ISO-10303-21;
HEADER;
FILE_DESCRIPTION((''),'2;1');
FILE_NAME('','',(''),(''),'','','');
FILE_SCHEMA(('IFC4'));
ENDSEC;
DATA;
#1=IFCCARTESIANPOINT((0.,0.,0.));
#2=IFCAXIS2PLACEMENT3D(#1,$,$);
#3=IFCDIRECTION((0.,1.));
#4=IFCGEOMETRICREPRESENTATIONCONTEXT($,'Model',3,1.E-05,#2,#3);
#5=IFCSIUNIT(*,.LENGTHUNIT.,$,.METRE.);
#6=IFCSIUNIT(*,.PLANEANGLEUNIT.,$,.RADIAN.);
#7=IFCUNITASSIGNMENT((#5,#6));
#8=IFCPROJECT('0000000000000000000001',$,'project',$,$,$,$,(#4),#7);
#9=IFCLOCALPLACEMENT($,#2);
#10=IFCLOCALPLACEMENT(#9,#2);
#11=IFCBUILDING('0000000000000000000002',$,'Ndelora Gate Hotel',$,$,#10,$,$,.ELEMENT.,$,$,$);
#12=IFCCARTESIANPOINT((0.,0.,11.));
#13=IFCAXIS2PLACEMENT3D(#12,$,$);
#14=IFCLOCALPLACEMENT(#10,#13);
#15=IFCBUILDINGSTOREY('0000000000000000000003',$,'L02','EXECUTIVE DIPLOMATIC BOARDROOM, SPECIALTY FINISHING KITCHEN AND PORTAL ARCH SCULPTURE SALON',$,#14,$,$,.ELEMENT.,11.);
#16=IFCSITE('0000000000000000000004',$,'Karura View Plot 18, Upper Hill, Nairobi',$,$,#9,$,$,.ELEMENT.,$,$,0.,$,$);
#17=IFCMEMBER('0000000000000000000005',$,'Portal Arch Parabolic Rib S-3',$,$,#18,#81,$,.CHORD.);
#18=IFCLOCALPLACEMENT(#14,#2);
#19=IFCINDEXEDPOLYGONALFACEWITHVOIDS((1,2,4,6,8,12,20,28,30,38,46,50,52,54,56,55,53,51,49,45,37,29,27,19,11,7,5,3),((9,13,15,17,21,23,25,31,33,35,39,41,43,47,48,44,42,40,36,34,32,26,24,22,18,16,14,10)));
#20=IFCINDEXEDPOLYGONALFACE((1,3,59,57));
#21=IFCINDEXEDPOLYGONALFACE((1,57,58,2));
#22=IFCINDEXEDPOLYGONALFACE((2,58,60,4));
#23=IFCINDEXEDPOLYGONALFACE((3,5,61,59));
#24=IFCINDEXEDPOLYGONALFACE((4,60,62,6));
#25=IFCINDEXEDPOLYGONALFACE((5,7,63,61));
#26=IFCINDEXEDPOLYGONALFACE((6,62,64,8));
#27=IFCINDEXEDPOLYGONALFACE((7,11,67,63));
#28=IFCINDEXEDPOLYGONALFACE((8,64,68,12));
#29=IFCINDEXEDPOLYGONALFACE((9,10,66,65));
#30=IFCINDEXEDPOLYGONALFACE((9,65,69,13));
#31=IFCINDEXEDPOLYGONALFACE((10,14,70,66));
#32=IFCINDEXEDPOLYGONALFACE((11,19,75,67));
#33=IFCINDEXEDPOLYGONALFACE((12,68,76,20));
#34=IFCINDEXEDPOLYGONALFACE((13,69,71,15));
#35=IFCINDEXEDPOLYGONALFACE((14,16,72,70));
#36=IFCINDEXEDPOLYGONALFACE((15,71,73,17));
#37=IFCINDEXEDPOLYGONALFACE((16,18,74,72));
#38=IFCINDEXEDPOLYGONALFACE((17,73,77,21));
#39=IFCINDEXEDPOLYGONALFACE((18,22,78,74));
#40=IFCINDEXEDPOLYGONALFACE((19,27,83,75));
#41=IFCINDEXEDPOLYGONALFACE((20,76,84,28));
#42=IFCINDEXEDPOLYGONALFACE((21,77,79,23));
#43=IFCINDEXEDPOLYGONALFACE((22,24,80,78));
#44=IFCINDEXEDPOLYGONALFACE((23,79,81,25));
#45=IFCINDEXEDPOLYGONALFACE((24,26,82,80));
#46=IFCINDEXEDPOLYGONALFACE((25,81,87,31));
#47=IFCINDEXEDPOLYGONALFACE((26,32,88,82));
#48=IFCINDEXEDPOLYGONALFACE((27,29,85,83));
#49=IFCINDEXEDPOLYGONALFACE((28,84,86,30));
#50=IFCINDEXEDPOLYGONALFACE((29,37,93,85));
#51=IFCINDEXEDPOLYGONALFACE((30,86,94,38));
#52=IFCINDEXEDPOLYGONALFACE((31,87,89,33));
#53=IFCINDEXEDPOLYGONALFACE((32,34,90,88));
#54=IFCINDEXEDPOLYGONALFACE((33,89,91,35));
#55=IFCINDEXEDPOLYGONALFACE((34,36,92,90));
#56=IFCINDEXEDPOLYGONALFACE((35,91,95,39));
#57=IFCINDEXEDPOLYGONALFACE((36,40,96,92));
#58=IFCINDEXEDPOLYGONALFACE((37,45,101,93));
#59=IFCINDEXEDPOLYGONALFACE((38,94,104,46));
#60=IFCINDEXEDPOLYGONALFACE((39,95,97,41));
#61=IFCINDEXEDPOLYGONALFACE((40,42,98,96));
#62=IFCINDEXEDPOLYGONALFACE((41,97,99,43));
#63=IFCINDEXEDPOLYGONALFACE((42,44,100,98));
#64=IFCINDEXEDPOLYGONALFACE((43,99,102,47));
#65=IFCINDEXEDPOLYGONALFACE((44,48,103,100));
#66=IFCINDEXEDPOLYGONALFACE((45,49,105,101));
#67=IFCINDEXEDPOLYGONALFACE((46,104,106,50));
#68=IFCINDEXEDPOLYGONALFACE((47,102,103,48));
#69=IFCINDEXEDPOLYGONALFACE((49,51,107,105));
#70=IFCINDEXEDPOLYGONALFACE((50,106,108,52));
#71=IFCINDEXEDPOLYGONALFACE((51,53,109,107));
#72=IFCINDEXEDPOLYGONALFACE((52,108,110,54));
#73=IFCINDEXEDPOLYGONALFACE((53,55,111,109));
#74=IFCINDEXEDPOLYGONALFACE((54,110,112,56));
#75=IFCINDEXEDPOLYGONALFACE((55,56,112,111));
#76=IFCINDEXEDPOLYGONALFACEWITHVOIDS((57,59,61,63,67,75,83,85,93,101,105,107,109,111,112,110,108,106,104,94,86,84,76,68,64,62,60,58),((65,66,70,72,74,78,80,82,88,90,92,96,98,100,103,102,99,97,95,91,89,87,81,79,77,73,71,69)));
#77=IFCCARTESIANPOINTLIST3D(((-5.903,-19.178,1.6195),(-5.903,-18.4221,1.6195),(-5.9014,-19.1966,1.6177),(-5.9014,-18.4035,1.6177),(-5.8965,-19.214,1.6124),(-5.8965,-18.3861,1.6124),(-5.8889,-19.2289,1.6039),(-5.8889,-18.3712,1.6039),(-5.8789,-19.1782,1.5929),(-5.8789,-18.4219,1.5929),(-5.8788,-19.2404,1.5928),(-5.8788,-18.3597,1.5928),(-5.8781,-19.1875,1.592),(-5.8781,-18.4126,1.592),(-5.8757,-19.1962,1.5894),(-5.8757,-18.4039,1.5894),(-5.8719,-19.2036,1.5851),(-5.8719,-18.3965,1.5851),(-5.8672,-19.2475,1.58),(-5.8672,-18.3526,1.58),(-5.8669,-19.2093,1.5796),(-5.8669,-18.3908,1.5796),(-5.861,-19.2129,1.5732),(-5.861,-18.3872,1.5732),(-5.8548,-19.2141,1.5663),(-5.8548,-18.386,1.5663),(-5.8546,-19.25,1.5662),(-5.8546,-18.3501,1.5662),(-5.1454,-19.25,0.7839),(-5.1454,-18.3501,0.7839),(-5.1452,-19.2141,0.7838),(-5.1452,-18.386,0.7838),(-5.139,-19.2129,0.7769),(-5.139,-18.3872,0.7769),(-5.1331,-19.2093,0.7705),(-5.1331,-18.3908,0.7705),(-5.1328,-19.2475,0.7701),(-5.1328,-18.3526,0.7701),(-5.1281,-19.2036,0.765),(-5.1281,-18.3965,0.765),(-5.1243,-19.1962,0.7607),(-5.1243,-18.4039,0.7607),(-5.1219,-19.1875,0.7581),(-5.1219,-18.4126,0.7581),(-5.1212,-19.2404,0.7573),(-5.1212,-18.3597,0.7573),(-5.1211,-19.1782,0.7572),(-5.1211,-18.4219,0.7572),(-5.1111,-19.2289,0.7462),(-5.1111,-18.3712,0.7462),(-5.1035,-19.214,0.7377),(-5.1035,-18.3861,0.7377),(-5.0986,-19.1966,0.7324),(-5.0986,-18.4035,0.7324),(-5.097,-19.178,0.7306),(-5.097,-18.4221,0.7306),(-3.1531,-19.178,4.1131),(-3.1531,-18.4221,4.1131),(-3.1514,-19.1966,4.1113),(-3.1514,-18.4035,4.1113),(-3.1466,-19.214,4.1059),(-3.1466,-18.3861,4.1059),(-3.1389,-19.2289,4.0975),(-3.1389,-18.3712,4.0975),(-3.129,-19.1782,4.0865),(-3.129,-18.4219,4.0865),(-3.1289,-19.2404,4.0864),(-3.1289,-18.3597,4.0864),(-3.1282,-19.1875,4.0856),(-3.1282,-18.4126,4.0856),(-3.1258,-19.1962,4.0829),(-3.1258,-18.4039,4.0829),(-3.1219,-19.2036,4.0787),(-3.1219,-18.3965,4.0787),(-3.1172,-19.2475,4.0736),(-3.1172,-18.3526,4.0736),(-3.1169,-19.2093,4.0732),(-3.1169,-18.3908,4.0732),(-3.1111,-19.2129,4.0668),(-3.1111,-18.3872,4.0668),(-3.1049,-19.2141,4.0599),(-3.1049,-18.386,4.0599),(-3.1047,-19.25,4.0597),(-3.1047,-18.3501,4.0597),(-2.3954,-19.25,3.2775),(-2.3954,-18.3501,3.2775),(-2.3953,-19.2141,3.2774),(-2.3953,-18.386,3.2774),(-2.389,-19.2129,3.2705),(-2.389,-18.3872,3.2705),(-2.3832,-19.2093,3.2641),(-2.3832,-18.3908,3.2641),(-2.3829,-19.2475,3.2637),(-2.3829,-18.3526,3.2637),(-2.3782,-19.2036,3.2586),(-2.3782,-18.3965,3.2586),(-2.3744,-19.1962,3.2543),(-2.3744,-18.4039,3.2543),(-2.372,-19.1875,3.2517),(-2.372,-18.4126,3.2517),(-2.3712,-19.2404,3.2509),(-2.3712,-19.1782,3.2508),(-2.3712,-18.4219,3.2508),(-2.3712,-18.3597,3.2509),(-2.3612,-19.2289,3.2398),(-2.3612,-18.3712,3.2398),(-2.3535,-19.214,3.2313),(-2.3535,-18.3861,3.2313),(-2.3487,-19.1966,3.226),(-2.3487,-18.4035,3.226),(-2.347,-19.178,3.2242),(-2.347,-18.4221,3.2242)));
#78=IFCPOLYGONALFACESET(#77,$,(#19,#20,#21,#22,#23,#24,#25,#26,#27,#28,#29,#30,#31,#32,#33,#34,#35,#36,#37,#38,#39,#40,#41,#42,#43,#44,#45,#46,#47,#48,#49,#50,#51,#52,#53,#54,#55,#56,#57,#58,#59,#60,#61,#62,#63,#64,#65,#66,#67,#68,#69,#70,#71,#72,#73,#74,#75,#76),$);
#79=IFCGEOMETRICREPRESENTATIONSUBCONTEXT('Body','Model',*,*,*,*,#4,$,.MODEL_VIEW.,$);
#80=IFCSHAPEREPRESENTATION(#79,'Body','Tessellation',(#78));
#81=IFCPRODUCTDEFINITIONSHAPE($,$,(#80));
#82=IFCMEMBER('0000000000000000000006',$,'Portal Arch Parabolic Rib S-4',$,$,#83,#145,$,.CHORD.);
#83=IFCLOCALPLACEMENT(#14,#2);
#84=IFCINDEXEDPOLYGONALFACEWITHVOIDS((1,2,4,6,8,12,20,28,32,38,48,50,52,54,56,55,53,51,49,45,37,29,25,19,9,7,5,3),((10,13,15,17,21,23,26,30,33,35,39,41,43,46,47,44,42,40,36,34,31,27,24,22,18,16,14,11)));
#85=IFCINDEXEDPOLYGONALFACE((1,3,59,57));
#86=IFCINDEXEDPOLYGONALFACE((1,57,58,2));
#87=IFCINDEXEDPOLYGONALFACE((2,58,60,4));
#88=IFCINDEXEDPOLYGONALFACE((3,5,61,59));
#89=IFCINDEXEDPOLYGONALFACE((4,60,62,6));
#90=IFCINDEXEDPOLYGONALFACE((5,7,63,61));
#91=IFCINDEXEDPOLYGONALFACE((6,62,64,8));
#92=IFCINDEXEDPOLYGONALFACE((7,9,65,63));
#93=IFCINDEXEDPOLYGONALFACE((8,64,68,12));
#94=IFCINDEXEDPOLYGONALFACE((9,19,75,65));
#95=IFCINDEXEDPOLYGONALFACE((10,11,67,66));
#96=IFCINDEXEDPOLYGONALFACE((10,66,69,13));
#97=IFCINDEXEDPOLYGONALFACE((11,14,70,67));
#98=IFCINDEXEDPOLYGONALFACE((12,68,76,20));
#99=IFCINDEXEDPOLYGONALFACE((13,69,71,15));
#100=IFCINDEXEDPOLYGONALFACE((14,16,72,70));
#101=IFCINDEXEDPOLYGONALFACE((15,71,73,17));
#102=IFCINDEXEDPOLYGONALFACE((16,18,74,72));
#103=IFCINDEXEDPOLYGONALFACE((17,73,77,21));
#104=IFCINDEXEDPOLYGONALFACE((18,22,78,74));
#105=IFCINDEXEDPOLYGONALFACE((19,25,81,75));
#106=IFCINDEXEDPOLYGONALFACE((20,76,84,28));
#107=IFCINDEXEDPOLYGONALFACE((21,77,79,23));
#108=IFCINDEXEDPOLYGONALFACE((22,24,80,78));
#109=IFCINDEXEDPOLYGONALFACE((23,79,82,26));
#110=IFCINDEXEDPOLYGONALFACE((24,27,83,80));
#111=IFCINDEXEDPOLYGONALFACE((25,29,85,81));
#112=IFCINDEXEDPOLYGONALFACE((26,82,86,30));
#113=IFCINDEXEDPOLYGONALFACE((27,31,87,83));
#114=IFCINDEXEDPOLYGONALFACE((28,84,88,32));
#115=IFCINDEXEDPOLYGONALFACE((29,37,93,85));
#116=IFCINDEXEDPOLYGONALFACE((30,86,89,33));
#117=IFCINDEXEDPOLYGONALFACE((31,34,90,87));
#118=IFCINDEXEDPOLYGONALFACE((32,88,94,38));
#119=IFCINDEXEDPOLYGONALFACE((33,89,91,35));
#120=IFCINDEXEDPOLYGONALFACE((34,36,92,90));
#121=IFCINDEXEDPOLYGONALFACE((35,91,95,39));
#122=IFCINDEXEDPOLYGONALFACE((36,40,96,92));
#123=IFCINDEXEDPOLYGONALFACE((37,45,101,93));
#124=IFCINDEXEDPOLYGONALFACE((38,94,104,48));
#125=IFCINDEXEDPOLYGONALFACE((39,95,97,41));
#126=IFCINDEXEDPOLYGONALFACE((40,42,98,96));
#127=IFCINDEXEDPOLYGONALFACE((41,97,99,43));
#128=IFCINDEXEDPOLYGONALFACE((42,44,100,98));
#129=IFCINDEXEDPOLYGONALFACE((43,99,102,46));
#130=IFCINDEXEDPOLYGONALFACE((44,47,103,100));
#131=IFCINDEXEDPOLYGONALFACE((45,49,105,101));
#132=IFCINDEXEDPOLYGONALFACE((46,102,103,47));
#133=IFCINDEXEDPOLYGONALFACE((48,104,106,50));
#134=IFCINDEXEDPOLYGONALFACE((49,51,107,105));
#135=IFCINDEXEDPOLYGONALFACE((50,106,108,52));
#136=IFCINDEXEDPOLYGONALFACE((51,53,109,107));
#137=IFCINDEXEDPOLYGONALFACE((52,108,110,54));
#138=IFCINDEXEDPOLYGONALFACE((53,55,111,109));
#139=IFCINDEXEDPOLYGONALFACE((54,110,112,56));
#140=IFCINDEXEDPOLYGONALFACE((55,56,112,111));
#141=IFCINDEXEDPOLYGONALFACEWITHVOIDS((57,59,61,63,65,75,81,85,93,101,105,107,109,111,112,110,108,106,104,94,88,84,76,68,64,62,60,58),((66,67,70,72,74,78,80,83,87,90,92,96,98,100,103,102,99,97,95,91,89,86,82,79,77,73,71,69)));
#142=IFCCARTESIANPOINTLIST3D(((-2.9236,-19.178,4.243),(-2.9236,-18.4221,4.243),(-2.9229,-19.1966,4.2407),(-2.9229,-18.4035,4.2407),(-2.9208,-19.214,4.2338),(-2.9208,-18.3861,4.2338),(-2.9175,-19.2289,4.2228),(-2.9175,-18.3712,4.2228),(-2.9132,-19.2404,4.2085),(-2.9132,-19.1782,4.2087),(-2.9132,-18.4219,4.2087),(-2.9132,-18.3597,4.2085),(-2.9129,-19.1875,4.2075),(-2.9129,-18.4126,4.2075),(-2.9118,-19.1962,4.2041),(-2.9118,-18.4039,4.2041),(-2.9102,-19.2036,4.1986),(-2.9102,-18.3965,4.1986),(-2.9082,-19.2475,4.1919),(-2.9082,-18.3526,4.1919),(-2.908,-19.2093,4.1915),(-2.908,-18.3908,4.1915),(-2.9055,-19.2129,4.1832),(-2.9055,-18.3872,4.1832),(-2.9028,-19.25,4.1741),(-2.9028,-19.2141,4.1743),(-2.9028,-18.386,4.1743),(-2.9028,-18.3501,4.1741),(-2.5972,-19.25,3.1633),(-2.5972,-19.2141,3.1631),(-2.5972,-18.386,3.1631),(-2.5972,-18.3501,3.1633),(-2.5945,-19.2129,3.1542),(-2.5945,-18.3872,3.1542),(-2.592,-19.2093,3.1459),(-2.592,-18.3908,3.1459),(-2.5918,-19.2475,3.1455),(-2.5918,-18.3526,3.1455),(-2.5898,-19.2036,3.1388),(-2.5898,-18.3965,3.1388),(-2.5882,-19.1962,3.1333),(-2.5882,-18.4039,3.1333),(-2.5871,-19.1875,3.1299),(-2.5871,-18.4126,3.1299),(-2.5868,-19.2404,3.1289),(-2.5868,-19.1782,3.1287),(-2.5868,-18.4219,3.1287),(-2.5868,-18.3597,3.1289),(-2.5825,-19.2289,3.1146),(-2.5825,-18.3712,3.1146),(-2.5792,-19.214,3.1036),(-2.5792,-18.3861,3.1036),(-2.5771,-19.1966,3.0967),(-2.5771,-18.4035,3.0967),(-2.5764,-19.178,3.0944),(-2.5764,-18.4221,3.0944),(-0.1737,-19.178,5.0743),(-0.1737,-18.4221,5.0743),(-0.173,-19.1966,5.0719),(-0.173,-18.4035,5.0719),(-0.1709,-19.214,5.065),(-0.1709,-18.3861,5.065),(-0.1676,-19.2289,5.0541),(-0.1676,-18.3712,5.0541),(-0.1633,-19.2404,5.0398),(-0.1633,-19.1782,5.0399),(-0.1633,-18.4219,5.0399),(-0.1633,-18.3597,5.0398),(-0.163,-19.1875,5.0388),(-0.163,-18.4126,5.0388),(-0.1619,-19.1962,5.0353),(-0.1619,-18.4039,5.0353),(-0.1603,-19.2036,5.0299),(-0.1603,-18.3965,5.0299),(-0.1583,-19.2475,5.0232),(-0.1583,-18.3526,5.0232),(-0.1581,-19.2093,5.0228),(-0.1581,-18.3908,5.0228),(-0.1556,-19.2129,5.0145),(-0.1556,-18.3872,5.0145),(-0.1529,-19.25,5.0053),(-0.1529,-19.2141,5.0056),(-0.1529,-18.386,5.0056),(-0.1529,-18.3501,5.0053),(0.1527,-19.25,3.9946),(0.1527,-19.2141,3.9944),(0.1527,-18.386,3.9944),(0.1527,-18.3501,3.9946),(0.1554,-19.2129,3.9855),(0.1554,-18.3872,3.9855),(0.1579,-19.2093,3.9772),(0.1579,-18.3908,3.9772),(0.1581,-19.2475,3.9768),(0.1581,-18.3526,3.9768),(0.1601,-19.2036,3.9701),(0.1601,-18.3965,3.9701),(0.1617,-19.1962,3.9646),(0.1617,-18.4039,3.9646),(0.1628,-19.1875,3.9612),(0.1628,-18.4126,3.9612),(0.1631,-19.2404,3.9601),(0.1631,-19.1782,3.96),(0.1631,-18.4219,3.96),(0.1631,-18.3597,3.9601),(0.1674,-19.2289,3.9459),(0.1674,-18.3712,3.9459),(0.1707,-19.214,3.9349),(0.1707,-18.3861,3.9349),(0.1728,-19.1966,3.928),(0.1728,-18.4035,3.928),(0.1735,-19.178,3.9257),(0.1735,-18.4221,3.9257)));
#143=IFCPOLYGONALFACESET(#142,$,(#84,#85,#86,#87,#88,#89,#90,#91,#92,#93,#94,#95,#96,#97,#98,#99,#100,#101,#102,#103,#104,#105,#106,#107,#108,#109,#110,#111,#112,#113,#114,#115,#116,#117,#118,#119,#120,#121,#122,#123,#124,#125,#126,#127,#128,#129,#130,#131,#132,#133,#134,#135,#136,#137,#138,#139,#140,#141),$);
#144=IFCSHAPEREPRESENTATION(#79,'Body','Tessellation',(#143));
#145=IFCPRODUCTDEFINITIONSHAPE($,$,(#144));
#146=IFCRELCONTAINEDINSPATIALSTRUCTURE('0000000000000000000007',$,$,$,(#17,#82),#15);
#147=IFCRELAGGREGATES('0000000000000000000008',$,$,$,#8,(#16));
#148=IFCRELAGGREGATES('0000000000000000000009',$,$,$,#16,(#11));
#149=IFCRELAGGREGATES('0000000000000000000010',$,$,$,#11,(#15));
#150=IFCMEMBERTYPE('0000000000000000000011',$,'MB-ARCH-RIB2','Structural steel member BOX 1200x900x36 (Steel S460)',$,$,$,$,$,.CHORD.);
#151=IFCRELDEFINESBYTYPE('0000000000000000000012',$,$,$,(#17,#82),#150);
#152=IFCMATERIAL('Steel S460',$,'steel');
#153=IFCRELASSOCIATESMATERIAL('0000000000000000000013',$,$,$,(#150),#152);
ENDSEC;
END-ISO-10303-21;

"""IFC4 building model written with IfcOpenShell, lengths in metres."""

from ifc_helpers import new_model, si_unit, direction, frame, origin, origin_2d, place, context, subcontext, project, spatial, hollow_rectangle, extrude, material, material_profile, profile_set, type_object, element, save


model = new_model("IFC4")

# Units and contexts
model_context = context("Model", 3, precision=1e-05, world=origin(), true_north=direction((0.0, 1.0)))
body_context = subcontext(model_context, "Body", "Model", "MODEL_VIEW")
ifc_project = project(units=[si_unit("LENGTHUNIT", "METRE"), si_unit("PLANEANGLEUNIT", "RADIAN")], contexts=[model_context])

# Site, building, storey
site_placement = place(None, origin())
site = spatial("IfcSite", under=ifc_project, at=site_placement, Name="Karura View Plot 18, Upper Hill, Nairobi", CompositionType="ELEMENT", RefElevation=0.0)
building_placement = place(site_placement, origin())
building = spatial("IfcBuilding", under=site, at=building_placement, Name="Ndelora Gate Hotel", CompositionType="ELEMENT")
storey_placement = place(building_placement, frame((0.0, 0.0, 11.0)))
storey = spatial("IfcBuildingStorey", under=building, at=storey_placement, Name="L02", Description="EXECUTIVE DIPLOMATIC BOARDROOM, SPECIALTY FINISHING KITCHEN AND PORTAL ARCH SCULPTURE SALON", CompositionType="ELEMENT", Elevation=11.0)

# Members
ifc_material_1 = material(Name="Steel S460", Category="steel")
ifc_material_profile_1 = material_profile(ifc_material_1, hollow_rectangle(XDim=0.8999, YDim=1.2, WallThickness=0.0359, InnerFilletRadius=0.0359, OuterFilletRadius=0.072, at=origin_2d()), Name="BOX 1200x900x36")
ifc_profile_set_1 = profile_set([ifc_material_profile_1], Name="Steel S460")
member_type_1 = type_object("IfcMemberType", Name="MB-ARCH-RIB2", Description="Structural steel member BOX 1200x900x36 (Steel S460)", PredefinedType="CHORD", material=ifc_profile_set_1)
member_1_placement = place(storey_placement, frame((-5.5, -18.8, 1.175), z_axis=(0.740791, 0.0, 0.671736), x_axis=(0.0, 1.0, 0.0)))
element("IfcMember", 1, at=member_1_placement, inside=storey, type_object=member_type_1, Name="Portal Arch Parabolic Rib S-3", PredefinedType="CHORD", context=body_context, shape_type="SweptSolid", body=[
    extrude(hollow_rectangle(XDim=0.8999, YDim=1.2, WallThickness=0.0359, InnerFilletRadius=0.0359, OuterFilletRadius=0.072, at=origin_2d()), origin(), (0.0, 0.0, 1.0), 3.7122),
])
for number, where, z_axis, x_axis, name in (
    (2, (-2.75, -18.8, 3.6687), (0.957221, 0.0, 0.289359), (0.0, 1.0, 0.0), "Portal Arch Parabolic Rib S-4"),
):
    element("IfcMember", number, at=place(storey_placement, frame(where, z_axis=z_axis, x_axis=x_axis)), inside=storey, type_object=member_type_1, Name=name, PredefinedType="CHORD", context=body_context, shape_type="SweptSolid", body=[
        extrude(hollow_rectangle(XDim=0.8999, YDim=1.2, WallThickness=0.0359, InnerFilletRadius=0.0359, OuterFilletRadius=0.072, at=origin_2d()), origin(), (0.0, 0.0, 1.0), 2.8728),
    ])

save(model, "model.ifc")
